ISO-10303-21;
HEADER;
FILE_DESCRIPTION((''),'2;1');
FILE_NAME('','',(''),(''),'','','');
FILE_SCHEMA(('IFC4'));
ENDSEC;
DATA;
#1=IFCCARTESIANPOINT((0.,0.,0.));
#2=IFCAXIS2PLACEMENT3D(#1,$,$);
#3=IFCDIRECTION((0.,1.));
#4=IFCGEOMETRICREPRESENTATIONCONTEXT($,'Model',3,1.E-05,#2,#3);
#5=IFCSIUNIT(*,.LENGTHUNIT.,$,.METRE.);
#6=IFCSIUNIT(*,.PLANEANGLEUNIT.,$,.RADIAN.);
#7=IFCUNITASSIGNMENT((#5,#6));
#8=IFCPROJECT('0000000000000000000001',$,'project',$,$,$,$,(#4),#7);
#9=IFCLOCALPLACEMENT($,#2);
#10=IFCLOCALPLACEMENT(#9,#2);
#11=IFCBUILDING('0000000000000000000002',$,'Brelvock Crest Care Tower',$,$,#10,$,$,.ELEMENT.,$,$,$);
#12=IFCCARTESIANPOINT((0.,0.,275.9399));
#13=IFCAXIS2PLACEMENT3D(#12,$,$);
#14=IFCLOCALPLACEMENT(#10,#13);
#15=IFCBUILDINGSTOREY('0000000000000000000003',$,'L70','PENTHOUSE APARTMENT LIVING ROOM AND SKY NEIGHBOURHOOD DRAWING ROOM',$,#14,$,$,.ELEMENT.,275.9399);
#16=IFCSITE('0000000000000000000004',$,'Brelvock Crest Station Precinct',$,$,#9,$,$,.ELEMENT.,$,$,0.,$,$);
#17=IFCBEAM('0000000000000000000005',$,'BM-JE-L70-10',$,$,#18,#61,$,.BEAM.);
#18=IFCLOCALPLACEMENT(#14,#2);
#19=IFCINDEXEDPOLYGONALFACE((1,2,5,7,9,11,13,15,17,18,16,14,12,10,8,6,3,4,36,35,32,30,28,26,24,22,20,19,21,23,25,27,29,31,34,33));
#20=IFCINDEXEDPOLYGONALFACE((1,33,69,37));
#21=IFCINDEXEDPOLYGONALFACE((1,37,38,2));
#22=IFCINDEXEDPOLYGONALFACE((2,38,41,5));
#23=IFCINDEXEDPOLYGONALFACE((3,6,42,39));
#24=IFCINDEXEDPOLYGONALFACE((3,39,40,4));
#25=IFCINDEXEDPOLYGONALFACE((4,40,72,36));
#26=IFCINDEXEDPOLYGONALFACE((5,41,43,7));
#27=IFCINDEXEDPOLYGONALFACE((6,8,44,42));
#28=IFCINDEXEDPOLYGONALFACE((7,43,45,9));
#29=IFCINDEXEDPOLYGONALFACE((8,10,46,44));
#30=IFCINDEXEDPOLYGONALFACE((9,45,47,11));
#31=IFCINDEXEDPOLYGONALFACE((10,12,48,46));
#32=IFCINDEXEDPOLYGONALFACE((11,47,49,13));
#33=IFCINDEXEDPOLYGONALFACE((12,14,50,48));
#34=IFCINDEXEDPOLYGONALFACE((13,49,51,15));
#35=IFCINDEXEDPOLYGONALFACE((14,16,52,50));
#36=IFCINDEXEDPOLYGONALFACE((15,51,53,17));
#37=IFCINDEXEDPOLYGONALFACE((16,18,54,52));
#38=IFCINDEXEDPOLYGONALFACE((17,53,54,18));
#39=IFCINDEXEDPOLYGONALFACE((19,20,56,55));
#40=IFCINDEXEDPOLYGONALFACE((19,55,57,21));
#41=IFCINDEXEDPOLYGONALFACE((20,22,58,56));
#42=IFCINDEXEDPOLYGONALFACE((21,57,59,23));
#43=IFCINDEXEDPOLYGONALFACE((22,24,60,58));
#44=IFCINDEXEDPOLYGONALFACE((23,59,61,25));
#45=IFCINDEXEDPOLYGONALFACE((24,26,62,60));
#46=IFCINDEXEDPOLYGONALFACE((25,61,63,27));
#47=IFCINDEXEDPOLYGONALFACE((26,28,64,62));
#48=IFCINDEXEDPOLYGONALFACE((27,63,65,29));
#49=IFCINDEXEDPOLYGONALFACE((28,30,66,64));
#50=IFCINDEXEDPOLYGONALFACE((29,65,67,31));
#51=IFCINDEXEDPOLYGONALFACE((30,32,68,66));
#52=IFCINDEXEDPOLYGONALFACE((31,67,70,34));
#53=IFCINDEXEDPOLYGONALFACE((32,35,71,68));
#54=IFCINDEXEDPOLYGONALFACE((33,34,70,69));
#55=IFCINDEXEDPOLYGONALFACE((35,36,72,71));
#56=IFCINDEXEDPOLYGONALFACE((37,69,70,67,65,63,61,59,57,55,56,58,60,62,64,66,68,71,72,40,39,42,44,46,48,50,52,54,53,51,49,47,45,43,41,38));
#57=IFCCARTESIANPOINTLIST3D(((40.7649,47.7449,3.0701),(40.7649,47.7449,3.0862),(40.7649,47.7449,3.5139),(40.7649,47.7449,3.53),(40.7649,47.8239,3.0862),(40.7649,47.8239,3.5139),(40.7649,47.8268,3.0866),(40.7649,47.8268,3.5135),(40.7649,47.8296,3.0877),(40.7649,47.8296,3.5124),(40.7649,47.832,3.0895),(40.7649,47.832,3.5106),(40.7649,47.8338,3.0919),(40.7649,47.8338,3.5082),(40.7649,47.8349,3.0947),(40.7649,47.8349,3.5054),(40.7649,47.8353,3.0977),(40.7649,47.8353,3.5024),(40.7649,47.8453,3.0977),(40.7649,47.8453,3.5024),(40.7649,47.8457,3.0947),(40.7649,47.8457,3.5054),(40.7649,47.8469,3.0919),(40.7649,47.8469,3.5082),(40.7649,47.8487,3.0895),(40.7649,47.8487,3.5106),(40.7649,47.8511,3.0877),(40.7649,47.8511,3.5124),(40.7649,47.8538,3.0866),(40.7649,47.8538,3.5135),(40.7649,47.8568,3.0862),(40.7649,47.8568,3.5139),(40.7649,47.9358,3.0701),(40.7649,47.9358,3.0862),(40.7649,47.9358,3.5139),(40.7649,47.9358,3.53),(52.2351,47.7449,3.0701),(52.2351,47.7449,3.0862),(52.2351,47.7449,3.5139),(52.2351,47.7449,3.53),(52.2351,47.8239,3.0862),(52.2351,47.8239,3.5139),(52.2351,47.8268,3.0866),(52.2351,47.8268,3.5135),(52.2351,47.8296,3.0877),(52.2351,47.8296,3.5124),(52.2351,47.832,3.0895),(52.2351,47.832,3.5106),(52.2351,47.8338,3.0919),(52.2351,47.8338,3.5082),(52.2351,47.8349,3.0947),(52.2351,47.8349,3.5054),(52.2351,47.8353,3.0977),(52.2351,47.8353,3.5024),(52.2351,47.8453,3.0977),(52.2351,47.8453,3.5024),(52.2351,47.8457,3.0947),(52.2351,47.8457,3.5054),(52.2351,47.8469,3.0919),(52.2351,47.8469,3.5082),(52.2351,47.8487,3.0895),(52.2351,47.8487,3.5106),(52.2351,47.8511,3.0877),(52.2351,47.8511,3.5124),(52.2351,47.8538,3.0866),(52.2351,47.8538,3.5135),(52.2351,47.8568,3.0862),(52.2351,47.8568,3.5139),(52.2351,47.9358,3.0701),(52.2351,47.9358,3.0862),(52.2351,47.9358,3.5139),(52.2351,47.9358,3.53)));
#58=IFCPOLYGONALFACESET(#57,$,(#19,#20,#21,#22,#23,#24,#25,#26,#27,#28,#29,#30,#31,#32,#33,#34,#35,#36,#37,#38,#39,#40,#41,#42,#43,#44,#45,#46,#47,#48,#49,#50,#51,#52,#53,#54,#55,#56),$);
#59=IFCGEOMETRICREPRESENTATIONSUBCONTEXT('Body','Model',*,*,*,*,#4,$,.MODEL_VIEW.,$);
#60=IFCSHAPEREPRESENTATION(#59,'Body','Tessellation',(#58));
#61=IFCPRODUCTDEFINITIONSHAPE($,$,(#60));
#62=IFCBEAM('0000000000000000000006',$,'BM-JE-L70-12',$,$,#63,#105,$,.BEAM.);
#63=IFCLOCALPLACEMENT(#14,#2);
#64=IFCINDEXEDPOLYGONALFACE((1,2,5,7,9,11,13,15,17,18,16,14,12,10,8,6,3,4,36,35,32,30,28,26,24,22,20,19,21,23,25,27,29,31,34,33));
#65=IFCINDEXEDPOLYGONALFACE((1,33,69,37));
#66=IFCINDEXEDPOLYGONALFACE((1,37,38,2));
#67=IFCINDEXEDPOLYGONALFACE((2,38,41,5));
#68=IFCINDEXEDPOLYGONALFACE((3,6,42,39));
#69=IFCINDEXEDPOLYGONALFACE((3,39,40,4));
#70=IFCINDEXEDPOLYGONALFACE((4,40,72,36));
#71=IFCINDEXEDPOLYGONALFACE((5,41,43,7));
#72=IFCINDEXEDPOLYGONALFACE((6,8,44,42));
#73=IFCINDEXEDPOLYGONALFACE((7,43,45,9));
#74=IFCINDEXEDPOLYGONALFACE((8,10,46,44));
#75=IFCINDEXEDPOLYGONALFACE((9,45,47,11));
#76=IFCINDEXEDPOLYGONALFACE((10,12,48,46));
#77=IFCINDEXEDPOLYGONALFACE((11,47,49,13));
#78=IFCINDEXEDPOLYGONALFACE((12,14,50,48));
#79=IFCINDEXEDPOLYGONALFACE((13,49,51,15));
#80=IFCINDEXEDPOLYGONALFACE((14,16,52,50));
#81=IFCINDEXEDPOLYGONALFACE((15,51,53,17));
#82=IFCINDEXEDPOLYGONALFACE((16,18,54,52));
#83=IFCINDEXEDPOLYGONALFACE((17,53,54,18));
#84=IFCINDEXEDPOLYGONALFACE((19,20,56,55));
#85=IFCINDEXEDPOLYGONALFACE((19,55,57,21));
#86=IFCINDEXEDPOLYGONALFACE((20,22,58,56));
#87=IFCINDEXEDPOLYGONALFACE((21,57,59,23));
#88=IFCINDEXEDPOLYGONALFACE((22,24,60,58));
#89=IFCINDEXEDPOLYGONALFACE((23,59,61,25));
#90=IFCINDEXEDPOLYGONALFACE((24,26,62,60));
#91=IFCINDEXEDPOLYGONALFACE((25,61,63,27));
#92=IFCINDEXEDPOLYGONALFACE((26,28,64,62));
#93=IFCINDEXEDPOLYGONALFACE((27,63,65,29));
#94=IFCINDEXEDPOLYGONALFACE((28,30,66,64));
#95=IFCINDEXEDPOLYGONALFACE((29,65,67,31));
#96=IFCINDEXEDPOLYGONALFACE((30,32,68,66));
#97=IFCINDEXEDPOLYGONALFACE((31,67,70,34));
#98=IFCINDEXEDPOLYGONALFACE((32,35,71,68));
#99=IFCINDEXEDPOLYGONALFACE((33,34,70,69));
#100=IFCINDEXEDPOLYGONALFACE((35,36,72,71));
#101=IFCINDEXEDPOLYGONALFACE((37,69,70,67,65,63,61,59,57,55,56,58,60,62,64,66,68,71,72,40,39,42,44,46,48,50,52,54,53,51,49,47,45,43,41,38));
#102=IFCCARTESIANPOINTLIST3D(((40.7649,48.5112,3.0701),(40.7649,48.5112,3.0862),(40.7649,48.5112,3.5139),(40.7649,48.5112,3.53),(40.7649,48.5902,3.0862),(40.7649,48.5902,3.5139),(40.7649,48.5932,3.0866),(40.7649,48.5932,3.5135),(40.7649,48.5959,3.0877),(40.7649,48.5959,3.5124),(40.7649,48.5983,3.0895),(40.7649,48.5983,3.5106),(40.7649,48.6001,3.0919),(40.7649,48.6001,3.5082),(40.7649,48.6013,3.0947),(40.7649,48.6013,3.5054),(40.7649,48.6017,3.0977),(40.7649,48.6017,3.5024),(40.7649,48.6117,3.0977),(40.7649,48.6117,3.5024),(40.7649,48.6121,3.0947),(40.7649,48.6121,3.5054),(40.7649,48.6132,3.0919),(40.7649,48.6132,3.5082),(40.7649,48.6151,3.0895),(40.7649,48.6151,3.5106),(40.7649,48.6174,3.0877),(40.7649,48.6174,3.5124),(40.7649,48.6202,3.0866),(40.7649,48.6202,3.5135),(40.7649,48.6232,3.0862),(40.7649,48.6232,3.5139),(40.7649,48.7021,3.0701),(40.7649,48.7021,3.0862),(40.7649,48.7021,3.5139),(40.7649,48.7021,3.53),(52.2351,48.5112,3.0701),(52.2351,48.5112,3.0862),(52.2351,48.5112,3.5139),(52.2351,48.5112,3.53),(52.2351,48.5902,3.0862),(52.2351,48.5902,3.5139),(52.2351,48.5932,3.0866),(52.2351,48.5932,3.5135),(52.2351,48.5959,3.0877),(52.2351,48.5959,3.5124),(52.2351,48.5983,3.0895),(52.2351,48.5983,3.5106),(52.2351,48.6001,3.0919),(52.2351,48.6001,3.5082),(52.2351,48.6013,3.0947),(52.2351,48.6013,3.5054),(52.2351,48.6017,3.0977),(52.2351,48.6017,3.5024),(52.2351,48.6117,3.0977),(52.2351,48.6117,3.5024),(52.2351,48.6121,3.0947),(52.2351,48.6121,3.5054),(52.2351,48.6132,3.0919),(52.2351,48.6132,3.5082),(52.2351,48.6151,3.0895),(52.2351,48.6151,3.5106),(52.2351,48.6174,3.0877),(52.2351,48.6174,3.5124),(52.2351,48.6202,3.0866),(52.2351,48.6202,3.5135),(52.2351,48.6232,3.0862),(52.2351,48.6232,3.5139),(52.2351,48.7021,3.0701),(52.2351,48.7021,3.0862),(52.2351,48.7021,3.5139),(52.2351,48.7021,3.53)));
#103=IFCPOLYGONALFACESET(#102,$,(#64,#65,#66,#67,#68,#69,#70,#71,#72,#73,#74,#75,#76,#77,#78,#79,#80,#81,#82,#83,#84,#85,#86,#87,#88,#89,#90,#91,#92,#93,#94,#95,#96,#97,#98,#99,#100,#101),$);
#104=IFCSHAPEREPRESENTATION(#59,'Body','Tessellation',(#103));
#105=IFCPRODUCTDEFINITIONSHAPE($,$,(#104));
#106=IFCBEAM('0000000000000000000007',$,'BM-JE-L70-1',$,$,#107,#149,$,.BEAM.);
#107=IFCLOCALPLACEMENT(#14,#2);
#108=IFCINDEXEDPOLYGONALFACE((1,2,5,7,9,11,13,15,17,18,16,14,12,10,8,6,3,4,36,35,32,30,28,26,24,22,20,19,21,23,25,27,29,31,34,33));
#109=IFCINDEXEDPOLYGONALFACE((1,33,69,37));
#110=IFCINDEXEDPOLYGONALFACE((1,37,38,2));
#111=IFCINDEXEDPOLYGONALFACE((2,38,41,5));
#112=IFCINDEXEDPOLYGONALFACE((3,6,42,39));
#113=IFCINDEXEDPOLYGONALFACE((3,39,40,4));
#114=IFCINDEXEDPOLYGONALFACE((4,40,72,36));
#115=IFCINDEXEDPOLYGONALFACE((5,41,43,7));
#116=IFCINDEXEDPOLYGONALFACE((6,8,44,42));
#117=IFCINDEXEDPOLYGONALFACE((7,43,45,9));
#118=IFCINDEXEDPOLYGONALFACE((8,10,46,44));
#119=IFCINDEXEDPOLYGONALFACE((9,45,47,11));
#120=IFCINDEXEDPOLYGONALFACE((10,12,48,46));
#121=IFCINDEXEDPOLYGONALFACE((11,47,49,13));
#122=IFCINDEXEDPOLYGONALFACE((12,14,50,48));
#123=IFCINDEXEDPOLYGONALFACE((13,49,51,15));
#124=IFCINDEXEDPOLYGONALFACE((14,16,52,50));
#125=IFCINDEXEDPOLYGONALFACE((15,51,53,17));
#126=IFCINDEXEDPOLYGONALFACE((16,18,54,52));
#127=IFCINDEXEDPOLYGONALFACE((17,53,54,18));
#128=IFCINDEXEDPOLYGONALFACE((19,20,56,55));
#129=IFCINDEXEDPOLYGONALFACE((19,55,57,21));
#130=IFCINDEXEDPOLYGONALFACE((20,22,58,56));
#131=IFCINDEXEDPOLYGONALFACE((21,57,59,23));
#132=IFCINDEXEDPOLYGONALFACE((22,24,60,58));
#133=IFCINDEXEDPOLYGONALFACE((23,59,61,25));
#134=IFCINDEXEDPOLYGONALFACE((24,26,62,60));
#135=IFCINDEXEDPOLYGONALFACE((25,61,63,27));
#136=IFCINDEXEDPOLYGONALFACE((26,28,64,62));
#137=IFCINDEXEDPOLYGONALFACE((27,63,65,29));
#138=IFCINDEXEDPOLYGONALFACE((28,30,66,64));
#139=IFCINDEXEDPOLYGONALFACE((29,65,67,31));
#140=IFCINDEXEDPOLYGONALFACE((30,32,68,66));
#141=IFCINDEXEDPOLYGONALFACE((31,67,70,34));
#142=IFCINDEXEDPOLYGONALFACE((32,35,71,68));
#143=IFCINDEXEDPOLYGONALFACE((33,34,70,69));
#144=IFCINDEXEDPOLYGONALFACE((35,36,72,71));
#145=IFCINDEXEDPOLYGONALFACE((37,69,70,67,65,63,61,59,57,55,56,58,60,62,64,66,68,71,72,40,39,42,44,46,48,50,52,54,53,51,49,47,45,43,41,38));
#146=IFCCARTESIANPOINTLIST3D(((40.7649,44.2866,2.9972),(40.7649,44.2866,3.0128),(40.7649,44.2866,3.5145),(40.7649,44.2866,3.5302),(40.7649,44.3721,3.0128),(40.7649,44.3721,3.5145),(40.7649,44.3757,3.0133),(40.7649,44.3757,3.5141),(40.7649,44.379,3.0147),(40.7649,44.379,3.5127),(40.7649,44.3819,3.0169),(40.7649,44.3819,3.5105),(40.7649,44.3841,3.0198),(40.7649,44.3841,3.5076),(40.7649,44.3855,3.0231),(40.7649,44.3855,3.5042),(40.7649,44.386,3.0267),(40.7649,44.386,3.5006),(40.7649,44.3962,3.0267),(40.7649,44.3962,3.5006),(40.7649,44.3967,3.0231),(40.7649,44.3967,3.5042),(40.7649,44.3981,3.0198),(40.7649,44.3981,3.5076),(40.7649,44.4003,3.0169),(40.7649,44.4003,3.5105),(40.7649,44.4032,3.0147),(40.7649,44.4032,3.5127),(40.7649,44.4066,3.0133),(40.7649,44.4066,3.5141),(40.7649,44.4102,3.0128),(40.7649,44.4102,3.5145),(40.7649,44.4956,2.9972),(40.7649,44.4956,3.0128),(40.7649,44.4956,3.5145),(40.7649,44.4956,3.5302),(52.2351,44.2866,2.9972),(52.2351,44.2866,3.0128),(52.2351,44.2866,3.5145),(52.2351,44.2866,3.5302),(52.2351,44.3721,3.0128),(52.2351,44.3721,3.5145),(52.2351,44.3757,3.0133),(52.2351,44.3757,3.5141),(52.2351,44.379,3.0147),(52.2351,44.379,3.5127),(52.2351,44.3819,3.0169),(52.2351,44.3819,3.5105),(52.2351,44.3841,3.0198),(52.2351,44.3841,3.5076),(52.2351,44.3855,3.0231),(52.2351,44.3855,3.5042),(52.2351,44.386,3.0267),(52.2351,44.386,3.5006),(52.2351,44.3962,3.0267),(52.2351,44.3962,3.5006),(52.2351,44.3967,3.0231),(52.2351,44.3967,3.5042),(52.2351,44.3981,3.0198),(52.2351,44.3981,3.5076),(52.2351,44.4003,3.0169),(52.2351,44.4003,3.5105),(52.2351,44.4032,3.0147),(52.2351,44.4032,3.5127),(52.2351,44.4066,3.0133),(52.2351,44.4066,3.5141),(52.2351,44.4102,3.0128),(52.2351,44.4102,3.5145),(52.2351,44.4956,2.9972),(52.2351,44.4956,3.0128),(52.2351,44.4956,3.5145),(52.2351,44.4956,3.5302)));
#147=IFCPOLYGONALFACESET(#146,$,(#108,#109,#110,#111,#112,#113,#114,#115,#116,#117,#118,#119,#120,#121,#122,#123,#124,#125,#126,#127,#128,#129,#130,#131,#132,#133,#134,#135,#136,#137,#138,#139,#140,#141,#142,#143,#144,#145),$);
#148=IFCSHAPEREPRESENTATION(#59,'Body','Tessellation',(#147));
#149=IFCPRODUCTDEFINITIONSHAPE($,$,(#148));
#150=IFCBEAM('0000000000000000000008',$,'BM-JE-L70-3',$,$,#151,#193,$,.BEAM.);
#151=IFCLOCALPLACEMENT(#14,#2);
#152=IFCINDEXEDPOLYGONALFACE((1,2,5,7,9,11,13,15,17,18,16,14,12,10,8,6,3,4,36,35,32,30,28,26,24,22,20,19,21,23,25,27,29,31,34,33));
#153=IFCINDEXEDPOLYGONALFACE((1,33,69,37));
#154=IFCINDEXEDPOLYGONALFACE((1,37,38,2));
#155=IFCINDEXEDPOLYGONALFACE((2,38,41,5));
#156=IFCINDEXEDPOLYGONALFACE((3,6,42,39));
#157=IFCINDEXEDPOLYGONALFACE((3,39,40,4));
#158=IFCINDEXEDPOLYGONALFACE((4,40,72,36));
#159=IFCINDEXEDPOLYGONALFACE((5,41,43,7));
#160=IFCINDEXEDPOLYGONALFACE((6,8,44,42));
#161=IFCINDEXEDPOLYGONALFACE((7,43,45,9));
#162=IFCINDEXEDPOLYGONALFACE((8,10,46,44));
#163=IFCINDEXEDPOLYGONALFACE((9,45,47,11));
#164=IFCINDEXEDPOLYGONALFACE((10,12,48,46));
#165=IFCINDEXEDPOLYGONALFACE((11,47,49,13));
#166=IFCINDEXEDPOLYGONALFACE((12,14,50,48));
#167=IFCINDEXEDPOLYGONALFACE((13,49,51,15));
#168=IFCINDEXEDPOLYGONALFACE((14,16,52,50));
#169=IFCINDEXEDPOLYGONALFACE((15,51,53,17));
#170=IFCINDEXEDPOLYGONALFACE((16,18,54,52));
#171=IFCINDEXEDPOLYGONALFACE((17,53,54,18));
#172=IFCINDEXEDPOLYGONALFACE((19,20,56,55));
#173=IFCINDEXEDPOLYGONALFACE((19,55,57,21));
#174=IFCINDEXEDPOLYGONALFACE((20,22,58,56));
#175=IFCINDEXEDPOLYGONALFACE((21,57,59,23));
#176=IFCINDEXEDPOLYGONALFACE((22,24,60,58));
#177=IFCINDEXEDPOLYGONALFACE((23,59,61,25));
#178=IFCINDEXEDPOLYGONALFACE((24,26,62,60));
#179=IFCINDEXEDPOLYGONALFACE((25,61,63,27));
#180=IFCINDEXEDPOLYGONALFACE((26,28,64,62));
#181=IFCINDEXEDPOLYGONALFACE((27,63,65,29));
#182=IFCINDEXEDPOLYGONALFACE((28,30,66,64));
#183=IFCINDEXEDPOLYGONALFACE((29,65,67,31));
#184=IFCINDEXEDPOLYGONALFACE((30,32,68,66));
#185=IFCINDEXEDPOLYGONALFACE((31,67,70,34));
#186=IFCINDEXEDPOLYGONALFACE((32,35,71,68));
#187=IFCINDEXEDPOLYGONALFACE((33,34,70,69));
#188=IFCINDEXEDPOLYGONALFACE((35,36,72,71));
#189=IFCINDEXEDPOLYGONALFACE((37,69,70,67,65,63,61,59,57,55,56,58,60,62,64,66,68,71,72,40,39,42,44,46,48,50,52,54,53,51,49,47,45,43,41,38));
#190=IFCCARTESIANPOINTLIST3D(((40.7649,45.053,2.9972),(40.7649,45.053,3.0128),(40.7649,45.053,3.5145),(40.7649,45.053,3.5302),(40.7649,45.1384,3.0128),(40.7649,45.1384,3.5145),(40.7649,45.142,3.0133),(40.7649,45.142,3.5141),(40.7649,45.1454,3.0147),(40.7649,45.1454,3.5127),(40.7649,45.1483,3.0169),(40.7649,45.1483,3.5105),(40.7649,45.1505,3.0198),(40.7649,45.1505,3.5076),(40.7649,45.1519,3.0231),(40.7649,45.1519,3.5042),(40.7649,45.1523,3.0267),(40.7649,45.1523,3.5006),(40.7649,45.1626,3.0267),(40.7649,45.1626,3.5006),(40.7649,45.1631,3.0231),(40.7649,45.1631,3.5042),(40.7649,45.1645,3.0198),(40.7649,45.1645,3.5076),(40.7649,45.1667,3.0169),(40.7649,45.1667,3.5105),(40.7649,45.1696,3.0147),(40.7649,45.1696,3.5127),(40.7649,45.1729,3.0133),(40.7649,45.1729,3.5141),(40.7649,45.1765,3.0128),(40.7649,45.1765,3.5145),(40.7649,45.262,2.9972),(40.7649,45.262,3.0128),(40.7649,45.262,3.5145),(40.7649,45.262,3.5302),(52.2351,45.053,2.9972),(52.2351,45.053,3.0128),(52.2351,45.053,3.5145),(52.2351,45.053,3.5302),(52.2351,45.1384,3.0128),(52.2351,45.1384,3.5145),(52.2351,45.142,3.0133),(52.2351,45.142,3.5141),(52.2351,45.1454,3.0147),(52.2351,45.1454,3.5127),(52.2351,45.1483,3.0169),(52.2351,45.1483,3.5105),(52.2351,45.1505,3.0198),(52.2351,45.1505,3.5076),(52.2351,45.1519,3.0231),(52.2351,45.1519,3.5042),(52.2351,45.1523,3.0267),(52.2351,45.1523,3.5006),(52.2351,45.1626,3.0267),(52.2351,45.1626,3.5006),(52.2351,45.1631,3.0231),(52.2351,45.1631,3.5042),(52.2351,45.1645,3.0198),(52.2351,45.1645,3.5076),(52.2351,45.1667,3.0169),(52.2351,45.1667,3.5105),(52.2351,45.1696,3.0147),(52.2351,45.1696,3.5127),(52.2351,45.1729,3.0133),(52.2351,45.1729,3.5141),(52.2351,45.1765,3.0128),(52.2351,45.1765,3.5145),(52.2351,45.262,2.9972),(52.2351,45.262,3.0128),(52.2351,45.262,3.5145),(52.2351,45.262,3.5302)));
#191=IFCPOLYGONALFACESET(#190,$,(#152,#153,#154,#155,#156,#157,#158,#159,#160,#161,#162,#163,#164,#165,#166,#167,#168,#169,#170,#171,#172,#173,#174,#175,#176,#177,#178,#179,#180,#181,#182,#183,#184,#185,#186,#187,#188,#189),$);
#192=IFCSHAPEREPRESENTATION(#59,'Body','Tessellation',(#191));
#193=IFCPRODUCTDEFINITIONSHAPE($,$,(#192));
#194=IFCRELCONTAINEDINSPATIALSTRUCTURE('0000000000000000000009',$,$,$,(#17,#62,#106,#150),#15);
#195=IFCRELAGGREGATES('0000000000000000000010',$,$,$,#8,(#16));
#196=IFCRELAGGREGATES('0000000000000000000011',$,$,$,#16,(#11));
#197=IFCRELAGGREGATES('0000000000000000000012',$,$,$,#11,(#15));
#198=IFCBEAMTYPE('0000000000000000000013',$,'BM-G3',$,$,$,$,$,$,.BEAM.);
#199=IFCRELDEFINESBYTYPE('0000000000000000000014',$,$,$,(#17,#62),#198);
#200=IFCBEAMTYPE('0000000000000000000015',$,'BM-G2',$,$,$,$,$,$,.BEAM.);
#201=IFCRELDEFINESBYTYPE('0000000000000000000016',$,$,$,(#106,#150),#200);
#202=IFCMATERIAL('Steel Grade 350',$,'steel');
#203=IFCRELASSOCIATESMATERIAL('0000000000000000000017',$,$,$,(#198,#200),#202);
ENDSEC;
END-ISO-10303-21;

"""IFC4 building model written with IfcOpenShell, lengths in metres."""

from ifc_helpers import new_model, si_unit, direction, frame, origin, origin_2d, place, context, subcontext, project, spatial, i_section, extrude, source, transform, mapped, material, material_profile, profile_set, type_object, element, save


model = new_model("IFC4")

# Units and contexts
model_context = context("Model", 3, precision=1e-05, world=origin(), true_north=direction((0.0, 1.0)))
body_context = subcontext(model_context, "Body", "Model", "MODEL_VIEW")
ifc_project = project(units=[si_unit("LENGTHUNIT", "METRE"), si_unit("PLANEANGLEUNIT", "RADIAN")], contexts=[model_context])

# Site, building, storey
site_placement = place(None, origin())
site = spatial("IfcSite", under=ifc_project, at=site_placement, Name="Brelvock Crest Station Precinct", CompositionType="ELEMENT", RefElevation=0.0)
building_placement = place(site_placement, origin())
building = spatial("IfcBuilding", under=site, at=building_placement, Name="Brelvock Crest Care Tower", CompositionType="ELEMENT")
storey_placement = place(building_placement, frame((0.0, 0.0, 275.9399)))
storey = spatial("IfcBuildingStorey", under=building, at=storey_placement, Name="L70", Description="PENTHOUSE APARTMENT LIVING ROOM AND SKY NEIGHBOURHOOD DRAWING ROOM", CompositionType="ELEMENT", Elevation=275.9399)

# Beams
ifc_material_1 = material(Name="Steel Grade 350", Category="steel")
ifc_material_profile_1 = material_profile(ifc_material_1, i_section(OverallWidth=0.1909, OverallDepth=0.46, WebThickness=0.01, FlangeThickness=0.0161, FilletRadius=0.0115, at=origin_2d()), Name="460UB82.1")
ifc_profile_set_1 = profile_set([ifc_material_profile_1], Name="Steel Grade 350")
beam_type_1 = type_object("IfcBeamType", Name="BM-G3", PredefinedType="BEAM", material=ifc_profile_set_1)
shared_shape_1 = source(origin(), body_context, "Body", "SweptSolid", [
    extrude(i_section(OverallWidth=0.1909, OverallDepth=0.46, WebThickness=0.01, FlangeThickness=0.0161, FilletRadius=0.0115, at=origin_2d()), origin(), (0.0, 0.0, 1.0), 11.4702),
])
for number, where, z_axis, x_axis, name in (
    (1, (40.7649, 47.8403, 3.3), (1.0, 0.0, 0.0), (0.0, 1.0, 0.0), "BM-JE-L70-10"),
    (2, (40.7649, 48.6067, 3.3), (1.0, 0.0, 0.0), (0.0, 1.0, 0.0), "BM-JE-L70-12"),
):
    element("IfcBeam", number, at=place(storey_placement, frame(where, z_axis=z_axis, x_axis=x_axis)), inside=storey, type_object=beam_type_1, Name=name, PredefinedType="BEAM", context=body_context, shape_type="MappedRepresentation", body=[
        mapped(shared_shape_1, transform((0.0, 0.0, 0.0), x_axis=(1.0, 0.0, 0.0), y_axis=(0.0, 1.0, 0.0), z_axis=(0.0, 0.0, 1.0), scale=1.0)),
    ])
ifc_material_profile_2 = material_profile(ifc_material_1, i_section(OverallWidth=0.209, OverallDepth=0.533, WebThickness=0.0103, FlangeThickness=0.0156, FilletRadius=0.0139, at=origin_2d()), Name="530UB92.4")
ifc_profile_set_2 = profile_set([ifc_material_profile_2], Name="Steel Grade 350")
beam_type_2 = type_object("IfcBeamType", Name="BM-G2", PredefinedType="BEAM", material=ifc_profile_set_2)
shared_shape_2 = source(origin(), body_context, "Body", "SweptSolid", [
    extrude(i_section(OverallWidth=0.209, OverallDepth=0.533, WebThickness=0.0103, FlangeThickness=0.0156, FilletRadius=0.0139, at=origin_2d()), origin(), (0.0, 0.0, 1.0), 11.4702),
])
for number, where, z_axis, x_axis, name in (
    (3, (40.7649, 44.3911, 3.2637), (1.0, 0.0, 0.0), (0.0, 1.0, 0.0), "BM-JE-L70-1"),
    (4, (40.7649, 45.1575, 3.2637), (1.0, 0.0, 0.0), (0.0, 1.0, 0.0), "BM-JE-L70-3"),
):
    element("IfcBeam", number, at=place(storey_placement, frame(where, z_axis=z_axis, x_axis=x_axis)), inside=storey, type_object=beam_type_2, Name=name, PredefinedType="BEAM", context=body_context, shape_type="MappedRepresentation", body=[
        mapped(shared_shape_2, transform((0.0, 0.0, 0.0), x_axis=(1.0, 0.0, 0.0), y_axis=(0.0, 1.0, 0.0), z_axis=(0.0, 0.0, 1.0), scale=1.0)),
    ])

save(model, "model.ifc")
